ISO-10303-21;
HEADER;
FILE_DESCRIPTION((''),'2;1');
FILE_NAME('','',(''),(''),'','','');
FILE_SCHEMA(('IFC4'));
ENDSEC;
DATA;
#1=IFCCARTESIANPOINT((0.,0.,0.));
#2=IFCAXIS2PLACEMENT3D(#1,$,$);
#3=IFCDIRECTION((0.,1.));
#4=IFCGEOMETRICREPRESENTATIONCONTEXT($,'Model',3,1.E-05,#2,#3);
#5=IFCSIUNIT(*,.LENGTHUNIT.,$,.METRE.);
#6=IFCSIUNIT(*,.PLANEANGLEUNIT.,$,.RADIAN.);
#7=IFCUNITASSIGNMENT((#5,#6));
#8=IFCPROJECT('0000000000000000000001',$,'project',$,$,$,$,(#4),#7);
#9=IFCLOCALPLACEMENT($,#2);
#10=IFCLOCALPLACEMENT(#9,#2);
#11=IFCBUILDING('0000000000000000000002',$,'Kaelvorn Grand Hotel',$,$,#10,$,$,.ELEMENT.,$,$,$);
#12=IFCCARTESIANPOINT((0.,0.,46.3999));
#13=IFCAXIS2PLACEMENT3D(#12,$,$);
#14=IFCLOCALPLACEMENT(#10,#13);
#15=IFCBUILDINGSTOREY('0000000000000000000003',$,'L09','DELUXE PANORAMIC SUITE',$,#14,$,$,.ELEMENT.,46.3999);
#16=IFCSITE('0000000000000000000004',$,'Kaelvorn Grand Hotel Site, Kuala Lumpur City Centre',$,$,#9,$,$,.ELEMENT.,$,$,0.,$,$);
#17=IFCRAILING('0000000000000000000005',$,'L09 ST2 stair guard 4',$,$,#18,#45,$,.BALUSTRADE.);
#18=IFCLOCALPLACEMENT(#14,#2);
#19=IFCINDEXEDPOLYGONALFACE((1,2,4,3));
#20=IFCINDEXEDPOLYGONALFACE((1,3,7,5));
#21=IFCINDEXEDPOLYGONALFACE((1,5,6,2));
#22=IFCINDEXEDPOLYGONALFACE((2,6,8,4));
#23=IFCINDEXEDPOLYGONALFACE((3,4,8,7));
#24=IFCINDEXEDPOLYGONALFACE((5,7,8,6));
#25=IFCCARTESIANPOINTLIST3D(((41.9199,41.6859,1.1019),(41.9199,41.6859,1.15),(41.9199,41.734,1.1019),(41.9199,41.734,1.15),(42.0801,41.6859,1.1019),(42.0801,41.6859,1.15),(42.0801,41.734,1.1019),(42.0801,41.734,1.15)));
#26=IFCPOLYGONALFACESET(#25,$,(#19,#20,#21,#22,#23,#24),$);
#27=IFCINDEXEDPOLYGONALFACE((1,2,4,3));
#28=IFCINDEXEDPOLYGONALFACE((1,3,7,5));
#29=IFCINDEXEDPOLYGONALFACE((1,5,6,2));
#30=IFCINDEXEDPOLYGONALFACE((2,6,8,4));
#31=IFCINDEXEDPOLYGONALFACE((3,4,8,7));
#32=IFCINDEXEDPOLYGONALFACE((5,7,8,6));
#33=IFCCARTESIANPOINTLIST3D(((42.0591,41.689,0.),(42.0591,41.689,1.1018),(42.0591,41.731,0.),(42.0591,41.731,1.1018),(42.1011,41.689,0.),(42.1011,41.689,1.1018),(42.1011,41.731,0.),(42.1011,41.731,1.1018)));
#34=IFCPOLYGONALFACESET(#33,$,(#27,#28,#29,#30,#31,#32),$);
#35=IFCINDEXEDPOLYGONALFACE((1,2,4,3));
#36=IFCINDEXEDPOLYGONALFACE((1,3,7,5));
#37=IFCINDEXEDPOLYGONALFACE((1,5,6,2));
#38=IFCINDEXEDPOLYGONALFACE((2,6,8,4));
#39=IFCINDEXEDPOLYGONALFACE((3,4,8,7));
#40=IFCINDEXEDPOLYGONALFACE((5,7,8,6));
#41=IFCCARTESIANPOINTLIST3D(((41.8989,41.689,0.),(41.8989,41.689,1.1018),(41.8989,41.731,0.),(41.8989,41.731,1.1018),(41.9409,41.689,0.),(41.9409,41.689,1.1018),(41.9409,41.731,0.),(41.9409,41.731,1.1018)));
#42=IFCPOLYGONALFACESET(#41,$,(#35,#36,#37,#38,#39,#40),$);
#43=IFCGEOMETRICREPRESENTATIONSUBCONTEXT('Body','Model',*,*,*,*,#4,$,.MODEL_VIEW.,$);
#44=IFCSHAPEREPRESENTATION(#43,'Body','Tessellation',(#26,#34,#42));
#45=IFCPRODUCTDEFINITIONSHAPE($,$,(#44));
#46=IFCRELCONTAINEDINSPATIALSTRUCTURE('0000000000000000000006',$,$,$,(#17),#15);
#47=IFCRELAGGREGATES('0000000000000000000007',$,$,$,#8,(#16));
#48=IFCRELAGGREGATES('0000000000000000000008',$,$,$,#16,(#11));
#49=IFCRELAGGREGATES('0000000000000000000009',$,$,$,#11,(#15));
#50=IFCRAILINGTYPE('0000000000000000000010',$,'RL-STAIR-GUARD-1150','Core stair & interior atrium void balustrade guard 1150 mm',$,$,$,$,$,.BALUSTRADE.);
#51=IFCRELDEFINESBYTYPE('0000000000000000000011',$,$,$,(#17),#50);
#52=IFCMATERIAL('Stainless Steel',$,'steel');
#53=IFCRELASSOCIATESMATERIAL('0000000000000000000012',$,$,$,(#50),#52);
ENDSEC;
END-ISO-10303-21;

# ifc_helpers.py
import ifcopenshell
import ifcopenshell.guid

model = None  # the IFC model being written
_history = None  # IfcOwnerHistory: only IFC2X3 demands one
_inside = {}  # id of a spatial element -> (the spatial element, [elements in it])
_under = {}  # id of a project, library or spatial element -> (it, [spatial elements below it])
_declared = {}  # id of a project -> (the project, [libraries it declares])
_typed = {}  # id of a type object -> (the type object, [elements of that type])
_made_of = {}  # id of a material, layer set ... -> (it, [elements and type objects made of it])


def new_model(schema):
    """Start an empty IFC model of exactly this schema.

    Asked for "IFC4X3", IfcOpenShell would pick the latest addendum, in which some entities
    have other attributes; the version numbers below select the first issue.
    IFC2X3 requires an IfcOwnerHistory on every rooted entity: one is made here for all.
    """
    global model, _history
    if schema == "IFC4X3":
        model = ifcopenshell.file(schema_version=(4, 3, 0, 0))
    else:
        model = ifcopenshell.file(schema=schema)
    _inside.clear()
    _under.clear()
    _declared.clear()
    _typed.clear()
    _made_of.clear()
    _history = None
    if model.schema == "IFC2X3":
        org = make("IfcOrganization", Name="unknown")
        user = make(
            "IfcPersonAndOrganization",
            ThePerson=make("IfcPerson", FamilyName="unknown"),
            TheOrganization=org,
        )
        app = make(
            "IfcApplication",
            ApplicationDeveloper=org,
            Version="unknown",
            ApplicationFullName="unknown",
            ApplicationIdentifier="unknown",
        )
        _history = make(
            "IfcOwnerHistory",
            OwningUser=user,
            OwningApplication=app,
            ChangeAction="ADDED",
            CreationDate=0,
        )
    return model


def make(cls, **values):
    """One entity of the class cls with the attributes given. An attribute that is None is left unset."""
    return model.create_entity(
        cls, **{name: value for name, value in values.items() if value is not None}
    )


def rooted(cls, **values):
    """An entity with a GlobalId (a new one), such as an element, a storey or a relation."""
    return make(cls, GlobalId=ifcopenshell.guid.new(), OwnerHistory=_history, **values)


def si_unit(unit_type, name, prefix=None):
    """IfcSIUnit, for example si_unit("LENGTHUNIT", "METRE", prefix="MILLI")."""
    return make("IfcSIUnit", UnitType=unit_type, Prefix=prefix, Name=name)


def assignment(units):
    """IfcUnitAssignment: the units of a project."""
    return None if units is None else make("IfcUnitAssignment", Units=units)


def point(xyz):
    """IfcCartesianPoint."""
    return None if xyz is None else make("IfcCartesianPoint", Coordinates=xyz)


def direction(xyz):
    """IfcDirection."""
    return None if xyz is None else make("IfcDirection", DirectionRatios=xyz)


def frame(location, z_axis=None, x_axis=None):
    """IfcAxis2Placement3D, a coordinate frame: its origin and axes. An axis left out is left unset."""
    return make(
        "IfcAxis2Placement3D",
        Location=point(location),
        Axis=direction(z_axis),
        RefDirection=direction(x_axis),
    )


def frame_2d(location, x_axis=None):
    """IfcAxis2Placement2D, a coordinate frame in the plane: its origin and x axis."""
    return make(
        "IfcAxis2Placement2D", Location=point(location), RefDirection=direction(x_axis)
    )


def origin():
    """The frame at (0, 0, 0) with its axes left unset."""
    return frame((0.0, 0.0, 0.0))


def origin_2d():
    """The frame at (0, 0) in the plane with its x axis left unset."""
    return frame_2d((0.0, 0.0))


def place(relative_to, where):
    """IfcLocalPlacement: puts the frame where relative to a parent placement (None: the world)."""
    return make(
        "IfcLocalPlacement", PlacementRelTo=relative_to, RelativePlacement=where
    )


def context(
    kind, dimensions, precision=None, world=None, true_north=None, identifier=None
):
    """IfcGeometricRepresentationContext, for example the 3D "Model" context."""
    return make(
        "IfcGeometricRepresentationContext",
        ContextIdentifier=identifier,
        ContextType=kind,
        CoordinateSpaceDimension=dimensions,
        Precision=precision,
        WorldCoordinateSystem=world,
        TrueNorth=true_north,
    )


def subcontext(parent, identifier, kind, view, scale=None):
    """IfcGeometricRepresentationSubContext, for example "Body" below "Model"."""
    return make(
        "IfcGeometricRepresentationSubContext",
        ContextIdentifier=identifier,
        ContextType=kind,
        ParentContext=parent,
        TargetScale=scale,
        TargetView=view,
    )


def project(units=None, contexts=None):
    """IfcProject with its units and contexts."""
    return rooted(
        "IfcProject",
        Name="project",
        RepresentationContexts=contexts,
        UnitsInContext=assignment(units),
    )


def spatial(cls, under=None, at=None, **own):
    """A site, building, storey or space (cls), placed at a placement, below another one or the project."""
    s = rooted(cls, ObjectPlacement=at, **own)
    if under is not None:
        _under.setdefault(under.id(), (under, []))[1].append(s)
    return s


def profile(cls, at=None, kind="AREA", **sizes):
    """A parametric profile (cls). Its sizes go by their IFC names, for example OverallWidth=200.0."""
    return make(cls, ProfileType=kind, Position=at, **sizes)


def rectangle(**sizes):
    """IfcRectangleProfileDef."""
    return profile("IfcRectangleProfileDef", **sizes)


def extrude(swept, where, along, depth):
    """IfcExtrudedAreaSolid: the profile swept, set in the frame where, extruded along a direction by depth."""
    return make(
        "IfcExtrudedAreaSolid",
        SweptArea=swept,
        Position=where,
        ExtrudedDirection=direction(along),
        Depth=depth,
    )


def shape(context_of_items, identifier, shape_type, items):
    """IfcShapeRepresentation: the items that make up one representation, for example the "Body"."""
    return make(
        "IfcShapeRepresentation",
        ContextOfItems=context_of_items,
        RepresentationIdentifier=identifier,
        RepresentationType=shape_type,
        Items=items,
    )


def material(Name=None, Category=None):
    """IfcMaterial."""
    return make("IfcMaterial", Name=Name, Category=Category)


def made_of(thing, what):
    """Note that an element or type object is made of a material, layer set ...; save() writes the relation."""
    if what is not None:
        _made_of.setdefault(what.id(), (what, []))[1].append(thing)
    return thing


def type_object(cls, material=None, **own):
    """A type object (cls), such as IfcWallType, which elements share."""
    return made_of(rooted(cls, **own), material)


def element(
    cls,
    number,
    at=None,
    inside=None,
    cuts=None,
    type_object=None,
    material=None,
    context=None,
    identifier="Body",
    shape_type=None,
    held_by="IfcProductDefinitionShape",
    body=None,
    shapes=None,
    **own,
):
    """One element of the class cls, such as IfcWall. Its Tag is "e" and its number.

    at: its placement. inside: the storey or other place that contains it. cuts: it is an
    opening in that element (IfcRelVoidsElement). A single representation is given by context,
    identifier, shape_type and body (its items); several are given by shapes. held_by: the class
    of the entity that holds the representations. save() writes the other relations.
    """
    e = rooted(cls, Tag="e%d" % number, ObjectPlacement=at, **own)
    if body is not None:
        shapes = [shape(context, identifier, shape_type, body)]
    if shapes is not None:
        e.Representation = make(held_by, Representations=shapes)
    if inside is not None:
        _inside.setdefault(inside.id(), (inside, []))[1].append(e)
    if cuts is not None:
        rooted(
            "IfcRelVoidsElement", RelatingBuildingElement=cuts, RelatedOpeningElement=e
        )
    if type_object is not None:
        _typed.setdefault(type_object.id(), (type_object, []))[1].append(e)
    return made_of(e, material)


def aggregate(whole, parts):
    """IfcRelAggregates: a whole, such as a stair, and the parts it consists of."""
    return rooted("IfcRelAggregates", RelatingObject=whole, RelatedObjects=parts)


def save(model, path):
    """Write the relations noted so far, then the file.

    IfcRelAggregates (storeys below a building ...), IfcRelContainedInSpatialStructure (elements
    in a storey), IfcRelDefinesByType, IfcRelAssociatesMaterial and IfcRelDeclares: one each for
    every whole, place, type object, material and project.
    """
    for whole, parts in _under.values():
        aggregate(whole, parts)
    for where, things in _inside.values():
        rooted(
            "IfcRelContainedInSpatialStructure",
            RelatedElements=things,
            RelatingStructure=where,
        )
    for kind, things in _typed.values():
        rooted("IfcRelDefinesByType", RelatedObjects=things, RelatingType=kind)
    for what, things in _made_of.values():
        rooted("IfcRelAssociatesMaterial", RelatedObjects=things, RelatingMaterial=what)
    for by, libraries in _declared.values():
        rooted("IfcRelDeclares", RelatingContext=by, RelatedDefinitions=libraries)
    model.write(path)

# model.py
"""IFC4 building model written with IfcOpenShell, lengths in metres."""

from ifc_helpers import new_model, si_unit, direction, frame, origin, origin_2d, place, context, subcontext, project, spatial, rectangle, extrude, material, type_object, element, save


model = new_model("IFC4")

# Units and contexts
model_context = context("Model", 3, precision=1e-05, world=origin(), true_north=direction((0.0, 1.0)))
body_context = subcontext(model_context, "Body", "Model", "MODEL_VIEW")
ifc_project = project(units=[si_unit("LENGTHUNIT", "METRE"), si_unit("PLANEANGLEUNIT", "RADIAN")], contexts=[model_context])

# Site, building, storey
site_placement = place(None, origin())
site = spatial("IfcSite", under=ifc_project, at=site_placement, Name="Kaelvorn Grand Hotel Site, Kuala Lumpur City Centre", CompositionType="ELEMENT", RefElevation=0.0)
building_placement = place(site_placement, origin())
building = spatial("IfcBuilding", under=site, at=building_placement, Name="Kaelvorn Grand Hotel", CompositionType="ELEMENT")
storey_placement = place(building_placement, frame((0.0, 0.0, 46.3999)))
storey = spatial("IfcBuildingStorey", under=building, at=storey_placement, Name="L09", Description="DELUXE PANORAMIC SUITE", CompositionType="ELEMENT", Elevation=46.3999)

# Shared definitions
ifc_material_1 = material(Name="Stainless Steel", Category="steel")

# Railing
railing_type_1 = type_object("IfcRailingType", Name="RL-STAIR-GUARD-1150", Description="Core stair & interior atrium void balustrade guard 1150 mm", PredefinedType="BALUSTRADE", material=ifc_material_1)
railing_1_placement = place(storey_placement, frame((42.0801, 41.71, 0.0)))
element("IfcRailing", 1, at=railing_1_placement, inside=storey, type_object=railing_type_1, Name="L09 ST2 stair guard 4", PredefinedType="BALUSTRADE", context=body_context, shape_type="SweptSolid", body=[
    extrude(rectangle(XDim=0.0481, YDim=0.0481, at=origin_2d()), frame((0.0, 0.0, 1.126), z_axis=(-1.0, 0.0, 0.0), x_axis=(0.0, -1.0, 0.0)), (0.0, 0.0, 1.0), 0.1602),
    extrude(rectangle(XDim=0.042, YDim=0.042, at=origin_2d()), origin(), (0.0, 0.0, 1.0), 1.1018),
    extrude(rectangle(XDim=0.042, YDim=0.042, at=origin_2d()), frame((-0.1602, 0.0, 0.0)), (0.0, 0.0, 1.0), 1.1018),
])

save(model, "model.ifc")
